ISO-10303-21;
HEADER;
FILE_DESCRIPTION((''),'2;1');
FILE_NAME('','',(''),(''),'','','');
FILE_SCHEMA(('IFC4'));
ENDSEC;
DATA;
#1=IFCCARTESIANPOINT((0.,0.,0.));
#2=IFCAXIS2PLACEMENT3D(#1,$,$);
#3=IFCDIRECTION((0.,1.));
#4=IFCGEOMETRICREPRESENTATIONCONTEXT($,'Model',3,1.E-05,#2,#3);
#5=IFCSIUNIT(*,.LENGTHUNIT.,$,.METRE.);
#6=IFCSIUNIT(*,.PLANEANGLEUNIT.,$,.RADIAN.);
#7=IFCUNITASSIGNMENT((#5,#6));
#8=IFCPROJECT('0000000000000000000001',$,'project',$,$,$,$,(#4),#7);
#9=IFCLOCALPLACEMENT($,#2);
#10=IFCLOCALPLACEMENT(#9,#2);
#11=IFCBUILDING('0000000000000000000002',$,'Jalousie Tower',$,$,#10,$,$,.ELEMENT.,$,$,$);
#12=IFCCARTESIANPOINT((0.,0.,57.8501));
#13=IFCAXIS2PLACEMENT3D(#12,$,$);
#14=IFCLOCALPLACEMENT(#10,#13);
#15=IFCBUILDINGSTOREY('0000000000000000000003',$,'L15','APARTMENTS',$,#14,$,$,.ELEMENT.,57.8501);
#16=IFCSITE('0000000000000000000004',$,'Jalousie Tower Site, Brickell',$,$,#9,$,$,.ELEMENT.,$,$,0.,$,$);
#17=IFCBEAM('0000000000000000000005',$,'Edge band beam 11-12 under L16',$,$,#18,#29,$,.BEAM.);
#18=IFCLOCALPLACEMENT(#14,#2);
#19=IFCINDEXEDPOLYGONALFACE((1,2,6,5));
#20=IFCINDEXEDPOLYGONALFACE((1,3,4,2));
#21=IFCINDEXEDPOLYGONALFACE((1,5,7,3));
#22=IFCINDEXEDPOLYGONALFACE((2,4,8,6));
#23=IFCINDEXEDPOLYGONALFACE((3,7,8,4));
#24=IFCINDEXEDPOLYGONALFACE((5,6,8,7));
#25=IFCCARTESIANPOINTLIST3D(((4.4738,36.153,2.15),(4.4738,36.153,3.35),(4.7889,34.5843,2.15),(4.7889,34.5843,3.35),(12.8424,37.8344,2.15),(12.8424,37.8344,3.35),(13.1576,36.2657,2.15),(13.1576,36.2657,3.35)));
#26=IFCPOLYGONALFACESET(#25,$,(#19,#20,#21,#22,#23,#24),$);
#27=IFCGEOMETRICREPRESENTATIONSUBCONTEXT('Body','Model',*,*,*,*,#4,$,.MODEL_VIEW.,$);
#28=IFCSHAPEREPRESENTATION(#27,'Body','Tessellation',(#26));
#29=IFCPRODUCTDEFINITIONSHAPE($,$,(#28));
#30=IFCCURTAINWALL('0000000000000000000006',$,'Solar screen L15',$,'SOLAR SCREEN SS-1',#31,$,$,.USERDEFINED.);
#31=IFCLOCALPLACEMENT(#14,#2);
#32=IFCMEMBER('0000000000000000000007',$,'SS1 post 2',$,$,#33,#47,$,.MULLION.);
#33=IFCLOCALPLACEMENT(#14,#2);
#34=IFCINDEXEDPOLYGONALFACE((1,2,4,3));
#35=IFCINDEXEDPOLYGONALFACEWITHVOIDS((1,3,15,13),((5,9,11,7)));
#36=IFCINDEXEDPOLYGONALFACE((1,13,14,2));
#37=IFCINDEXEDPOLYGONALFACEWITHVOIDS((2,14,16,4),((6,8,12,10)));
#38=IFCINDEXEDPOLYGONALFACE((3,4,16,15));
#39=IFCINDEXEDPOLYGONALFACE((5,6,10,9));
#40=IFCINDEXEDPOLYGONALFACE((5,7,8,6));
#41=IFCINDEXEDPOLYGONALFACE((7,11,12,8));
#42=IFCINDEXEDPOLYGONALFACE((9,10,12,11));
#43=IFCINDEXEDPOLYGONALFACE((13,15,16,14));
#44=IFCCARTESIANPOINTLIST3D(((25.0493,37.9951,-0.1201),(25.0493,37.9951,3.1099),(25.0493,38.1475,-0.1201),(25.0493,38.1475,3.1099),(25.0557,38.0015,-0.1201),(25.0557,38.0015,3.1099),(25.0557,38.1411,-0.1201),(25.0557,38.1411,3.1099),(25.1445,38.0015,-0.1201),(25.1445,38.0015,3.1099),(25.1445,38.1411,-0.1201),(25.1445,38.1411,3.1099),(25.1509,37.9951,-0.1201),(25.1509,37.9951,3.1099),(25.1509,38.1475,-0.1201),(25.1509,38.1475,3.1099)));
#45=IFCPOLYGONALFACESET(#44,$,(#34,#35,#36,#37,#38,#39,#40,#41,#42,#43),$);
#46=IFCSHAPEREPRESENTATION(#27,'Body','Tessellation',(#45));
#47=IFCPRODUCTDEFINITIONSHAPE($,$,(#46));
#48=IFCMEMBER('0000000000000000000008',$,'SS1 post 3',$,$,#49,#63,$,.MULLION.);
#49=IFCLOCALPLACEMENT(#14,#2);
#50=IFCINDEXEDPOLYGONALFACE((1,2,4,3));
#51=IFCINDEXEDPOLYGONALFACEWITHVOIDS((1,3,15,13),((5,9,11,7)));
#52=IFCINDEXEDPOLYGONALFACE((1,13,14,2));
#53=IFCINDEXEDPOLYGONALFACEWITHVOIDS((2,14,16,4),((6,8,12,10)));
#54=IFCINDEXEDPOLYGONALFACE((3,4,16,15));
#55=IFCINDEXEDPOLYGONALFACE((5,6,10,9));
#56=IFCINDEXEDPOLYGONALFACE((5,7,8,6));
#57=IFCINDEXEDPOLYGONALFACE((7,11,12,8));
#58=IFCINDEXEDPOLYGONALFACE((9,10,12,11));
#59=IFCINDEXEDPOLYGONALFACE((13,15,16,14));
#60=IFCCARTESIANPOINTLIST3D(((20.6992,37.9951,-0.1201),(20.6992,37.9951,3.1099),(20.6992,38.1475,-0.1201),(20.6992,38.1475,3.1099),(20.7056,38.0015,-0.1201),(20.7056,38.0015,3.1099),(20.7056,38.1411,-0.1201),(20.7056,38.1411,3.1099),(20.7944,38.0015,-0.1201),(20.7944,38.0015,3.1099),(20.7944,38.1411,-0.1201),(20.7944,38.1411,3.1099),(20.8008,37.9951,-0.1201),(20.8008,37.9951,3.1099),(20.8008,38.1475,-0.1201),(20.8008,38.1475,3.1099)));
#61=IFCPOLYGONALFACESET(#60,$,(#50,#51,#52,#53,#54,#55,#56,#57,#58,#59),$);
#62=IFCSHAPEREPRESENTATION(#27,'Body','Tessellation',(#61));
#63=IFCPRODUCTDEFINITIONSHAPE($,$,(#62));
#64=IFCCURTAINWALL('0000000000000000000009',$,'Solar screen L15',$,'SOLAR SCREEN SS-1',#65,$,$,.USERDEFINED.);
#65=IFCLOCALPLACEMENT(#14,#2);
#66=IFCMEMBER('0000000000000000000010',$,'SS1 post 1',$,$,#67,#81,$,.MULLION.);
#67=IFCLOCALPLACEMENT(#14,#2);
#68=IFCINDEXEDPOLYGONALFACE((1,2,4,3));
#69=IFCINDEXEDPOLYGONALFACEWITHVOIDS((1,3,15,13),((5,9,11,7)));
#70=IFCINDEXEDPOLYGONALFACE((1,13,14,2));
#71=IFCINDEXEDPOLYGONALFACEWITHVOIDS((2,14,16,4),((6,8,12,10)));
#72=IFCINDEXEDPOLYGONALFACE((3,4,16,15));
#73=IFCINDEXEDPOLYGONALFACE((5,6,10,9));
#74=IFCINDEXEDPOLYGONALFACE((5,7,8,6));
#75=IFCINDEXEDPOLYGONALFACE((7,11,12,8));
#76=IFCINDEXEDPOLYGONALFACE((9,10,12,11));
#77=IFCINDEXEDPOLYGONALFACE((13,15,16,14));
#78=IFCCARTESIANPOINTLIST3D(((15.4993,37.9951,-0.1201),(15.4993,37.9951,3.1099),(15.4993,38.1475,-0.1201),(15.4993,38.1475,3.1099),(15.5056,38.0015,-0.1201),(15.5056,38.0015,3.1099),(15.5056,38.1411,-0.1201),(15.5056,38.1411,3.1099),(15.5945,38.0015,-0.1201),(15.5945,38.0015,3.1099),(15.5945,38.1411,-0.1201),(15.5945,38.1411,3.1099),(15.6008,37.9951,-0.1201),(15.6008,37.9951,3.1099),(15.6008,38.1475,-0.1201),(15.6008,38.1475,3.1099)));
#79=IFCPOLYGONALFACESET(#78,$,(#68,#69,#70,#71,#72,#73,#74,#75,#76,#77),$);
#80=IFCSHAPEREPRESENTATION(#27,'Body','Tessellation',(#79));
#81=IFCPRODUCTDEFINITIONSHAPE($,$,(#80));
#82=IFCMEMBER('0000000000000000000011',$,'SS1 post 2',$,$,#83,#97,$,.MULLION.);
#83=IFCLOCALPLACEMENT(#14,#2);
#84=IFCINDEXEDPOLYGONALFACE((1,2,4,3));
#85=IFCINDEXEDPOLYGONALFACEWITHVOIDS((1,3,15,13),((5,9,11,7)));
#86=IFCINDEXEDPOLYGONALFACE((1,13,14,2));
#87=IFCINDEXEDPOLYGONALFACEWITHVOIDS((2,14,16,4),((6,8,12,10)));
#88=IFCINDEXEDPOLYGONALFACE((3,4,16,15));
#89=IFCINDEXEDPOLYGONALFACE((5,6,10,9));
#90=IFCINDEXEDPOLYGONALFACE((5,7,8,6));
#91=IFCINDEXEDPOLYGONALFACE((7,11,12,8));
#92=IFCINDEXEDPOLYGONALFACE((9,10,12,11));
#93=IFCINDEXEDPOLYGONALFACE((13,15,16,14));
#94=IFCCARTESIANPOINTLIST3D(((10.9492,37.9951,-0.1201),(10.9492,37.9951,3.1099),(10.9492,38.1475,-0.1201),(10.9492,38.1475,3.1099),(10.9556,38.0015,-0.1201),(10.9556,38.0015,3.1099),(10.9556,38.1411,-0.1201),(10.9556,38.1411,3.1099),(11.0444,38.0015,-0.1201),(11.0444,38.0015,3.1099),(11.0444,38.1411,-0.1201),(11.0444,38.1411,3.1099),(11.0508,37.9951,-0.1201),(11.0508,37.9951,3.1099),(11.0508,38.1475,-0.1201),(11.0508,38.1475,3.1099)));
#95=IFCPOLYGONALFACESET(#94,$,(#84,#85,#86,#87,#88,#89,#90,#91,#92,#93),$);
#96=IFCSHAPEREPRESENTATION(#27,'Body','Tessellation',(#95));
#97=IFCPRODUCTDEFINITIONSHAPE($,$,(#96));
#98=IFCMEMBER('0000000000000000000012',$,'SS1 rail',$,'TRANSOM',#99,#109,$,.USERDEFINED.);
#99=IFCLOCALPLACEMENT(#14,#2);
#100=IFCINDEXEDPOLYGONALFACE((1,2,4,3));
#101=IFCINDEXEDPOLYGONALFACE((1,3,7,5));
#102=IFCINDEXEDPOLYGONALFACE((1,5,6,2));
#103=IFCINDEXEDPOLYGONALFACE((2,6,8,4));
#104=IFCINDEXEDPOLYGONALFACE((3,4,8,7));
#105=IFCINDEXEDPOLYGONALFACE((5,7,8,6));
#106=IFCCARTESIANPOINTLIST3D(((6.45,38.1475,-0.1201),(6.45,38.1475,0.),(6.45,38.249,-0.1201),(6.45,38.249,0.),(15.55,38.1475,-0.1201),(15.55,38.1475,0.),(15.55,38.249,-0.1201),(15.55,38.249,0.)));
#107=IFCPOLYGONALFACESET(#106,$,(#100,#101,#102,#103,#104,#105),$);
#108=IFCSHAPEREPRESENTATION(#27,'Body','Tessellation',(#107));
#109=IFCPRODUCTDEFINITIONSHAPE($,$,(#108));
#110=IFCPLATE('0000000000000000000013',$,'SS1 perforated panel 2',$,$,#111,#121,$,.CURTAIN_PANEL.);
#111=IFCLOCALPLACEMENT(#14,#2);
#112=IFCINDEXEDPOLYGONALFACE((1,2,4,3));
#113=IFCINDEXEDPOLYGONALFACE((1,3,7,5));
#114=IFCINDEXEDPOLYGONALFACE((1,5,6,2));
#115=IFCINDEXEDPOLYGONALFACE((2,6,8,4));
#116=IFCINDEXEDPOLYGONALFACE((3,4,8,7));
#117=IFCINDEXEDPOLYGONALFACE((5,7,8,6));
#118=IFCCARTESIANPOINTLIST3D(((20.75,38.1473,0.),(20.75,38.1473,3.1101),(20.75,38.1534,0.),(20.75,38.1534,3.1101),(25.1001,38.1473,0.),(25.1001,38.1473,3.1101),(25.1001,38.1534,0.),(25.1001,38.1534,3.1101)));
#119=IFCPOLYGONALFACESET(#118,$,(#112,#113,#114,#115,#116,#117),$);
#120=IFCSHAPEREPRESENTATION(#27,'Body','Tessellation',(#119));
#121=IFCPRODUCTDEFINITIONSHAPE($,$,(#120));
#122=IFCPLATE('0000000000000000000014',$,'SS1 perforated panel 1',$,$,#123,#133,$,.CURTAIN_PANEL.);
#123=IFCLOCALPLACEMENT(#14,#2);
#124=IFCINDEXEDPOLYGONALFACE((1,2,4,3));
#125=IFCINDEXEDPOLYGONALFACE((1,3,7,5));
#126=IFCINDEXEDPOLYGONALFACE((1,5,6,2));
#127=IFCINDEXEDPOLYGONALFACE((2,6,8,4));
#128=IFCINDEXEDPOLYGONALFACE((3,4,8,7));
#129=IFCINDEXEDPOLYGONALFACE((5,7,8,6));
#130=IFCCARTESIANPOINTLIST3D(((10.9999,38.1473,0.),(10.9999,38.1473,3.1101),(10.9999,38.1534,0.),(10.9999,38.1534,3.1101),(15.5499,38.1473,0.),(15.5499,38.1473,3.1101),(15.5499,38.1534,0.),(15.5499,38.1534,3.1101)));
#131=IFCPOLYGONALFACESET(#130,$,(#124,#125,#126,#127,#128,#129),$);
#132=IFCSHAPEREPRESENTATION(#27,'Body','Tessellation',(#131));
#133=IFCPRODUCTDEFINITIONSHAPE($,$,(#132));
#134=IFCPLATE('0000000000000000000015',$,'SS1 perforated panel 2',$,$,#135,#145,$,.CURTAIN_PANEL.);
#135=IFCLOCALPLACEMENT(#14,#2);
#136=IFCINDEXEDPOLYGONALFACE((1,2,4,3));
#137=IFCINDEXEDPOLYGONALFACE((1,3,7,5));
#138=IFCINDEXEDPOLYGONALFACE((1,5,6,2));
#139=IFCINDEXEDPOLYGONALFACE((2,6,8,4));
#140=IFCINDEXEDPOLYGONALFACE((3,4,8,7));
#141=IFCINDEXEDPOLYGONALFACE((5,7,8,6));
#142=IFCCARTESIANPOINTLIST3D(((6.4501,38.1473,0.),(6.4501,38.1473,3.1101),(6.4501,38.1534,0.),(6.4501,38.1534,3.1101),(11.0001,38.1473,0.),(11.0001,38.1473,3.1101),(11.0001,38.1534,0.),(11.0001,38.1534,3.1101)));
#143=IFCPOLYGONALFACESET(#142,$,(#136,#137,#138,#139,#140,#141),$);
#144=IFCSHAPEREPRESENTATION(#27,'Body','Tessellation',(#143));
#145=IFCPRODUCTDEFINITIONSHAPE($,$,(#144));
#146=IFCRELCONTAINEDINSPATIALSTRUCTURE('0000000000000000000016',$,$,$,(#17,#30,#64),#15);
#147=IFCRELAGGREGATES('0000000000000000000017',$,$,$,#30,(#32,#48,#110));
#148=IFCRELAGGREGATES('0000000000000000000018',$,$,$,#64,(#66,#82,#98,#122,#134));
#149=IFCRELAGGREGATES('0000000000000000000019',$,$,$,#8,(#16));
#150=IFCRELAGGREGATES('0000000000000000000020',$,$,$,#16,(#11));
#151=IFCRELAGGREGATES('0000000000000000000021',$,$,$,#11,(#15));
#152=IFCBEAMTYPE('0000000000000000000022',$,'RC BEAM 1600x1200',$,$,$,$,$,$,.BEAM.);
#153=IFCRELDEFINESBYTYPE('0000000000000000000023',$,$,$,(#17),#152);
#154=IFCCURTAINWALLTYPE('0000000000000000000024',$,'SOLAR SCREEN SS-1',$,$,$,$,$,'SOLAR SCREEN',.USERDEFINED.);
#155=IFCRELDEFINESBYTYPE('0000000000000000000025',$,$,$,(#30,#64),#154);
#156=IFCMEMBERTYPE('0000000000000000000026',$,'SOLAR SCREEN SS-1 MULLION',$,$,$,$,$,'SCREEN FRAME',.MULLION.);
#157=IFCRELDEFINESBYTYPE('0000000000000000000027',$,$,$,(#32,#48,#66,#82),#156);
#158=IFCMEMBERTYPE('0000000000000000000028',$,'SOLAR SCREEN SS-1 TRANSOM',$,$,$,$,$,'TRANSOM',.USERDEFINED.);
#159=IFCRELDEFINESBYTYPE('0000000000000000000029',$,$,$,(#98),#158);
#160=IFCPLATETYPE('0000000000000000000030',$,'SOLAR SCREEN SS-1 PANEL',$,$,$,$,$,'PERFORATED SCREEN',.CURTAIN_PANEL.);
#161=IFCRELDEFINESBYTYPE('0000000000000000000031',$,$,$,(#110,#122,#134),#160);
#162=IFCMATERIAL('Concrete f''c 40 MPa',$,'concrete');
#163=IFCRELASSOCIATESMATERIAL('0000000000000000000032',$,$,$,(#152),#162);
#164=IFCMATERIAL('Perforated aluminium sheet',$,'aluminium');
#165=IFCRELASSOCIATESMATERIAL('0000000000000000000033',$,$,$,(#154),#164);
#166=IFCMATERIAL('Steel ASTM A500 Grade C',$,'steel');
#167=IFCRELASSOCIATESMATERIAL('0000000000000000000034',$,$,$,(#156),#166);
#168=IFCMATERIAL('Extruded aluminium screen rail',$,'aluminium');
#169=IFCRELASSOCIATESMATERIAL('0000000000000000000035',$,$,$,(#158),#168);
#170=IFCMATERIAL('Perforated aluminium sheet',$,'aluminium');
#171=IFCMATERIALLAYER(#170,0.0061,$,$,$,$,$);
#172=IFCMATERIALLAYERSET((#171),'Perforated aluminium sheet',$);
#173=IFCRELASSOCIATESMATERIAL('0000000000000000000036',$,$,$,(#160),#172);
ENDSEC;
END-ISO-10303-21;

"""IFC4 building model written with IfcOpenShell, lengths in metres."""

from ifc_helpers import new_model, si_unit, direction, frame, origin, origin_2d, place, context, subcontext, project, spatial, rectangle, hollow_rectangle, extrude, material, layer, layer_set, material_profile, profile_set, type_object, element, aggregate, save


model = new_model("IFC4")

# Units and contexts
model_context = context("Model", 3, precision=1e-05, world=origin(), true_north=direction((0.0, 1.0)))
body_context = subcontext(model_context, "Body", "Model", "MODEL_VIEW")
ifc_project = project(units=[si_unit("LENGTHUNIT", "METRE"), si_unit("PLANEANGLEUNIT", "RADIAN")], contexts=[model_context])

# Site, building, storey
site_placement = place(None, origin())
site = spatial("IfcSite", under=ifc_project, at=site_placement, Name="Jalousie Tower Site, Brickell", CompositionType="ELEMENT", RefElevation=0.0)
building_placement = place(site_placement, origin())
building = spatial("IfcBuilding", under=site, at=building_placement, Name="Jalousie Tower", CompositionType="ELEMENT")
storey_placement = place(building_placement, frame((0.0, 0.0, 57.8501)))
storey = spatial("IfcBuildingStorey", under=building, at=storey_placement, Name="L15", Description="APARTMENTS", CompositionType="ELEMENT", Elevation=57.8501)

# Beam
ifc_material_1 = material(Name="Concrete f'c 40 MPa", Category="concrete")
ifc_material_profile_1 = material_profile(ifc_material_1, rectangle(XDim=1.6001, YDim=1.2, at=origin_2d()), Name="RC 1600x1200")
ifc_profile_set_1 = profile_set([ifc_material_profile_1], Name="Concrete f'c 40 MPa")
beam_type_1 = type_object("IfcBeamType", Name="RC BEAM 1600x1200", PredefinedType="BEAM", material=ifc_profile_set_1)
beam_1_placement = place(storey_placement, frame((13.0, 37.05, 2.75), z_axis=(-0.980408, -0.19698, 0.0), x_axis=(0.19698, -0.980408, 0.0)))
element("IfcBeam", 1, at=beam_1_placement, inside=storey, type_object=beam_type_1, Name="Edge band beam 11-12 under L16", PredefinedType="BEAM", context=body_context, shape_type="SweptSolid", body=[
    extrude(rectangle(XDim=1.6001, YDim=1.2, at=origin_2d()), origin(), (0.0, 0.0, 1.0), 8.5359),
])

# Curtain walls, members
ifc_material_2 = material(Name="Perforated aluminium sheet", Category="aluminium")
curtain_wall_type = type_object("IfcCurtainWallType", Name="SOLAR SCREEN SS-1", ElementType="SOLAR SCREEN", PredefinedType="USERDEFINED", material=ifc_material_2)
curtain_wall_1_placement = place(storey_placement, origin())
curtain_wall_1 = element("IfcCurtainWall", 2, at=curtain_wall_1_placement, inside=storey, type_object=curtain_wall_type, Name="Solar screen L15", ObjectType="SOLAR SCREEN SS-1", PredefinedType="USERDEFINED")
ifc_material_3 = material(Name="Steel ASTM A500 Grade C", Category="steel")
ifc_material_profile_2 = material_profile(ifc_material_3, hollow_rectangle(XDim=0.1016, YDim=0.1523, WallThickness=0.0063, at=origin_2d()), Name="HSS6X4X1/4")
ifc_profile_set_2 = profile_set([ifc_material_profile_2], Name="Steel ASTM A500 Grade C")
member_type_1 = type_object("IfcMemberType", Name="SOLAR SCREEN SS-1 MULLION", ElementType="SCREEN FRAME", PredefinedType="MULLION", material=ifc_profile_set_2)
member_1_placement = place(storey_placement, frame((25.1001, 38.0713, -0.1201), z_axis=(0.0, 0.0, 1.0), x_axis=(-1.0, 0.0, 0.0)))
member_1 = element("IfcMember", 3, at=member_1_placement, type_object=member_type_1, Name="SS1 post 2", PredefinedType="MULLION", context=body_context, shape_type="SweptSolid", body=[
    extrude(hollow_rectangle(XDim=0.1016, YDim=0.1523, WallThickness=0.0063, at=origin_2d()), origin(), (0.0, 0.0, 1.0), 3.23),
])
member_2_placement = place(storey_placement, frame((20.75, 38.0713, -0.1201), z_axis=(0.0, 0.0, 1.0), x_axis=(-1.0, 0.0, 0.0)))
member_2 = element("IfcMember", 4, at=member_2_placement, type_object=member_type_1, Name="SS1 post 3", PredefinedType="MULLION", context=body_context, shape_type="SweptSolid", body=[
    extrude(hollow_rectangle(XDim=0.1016, YDim=0.1523, WallThickness=0.0063, at=origin_2d()), origin(), (0.0, 0.0, 1.0), 3.23),
])
curtain_wall_2_placement = place(storey_placement, origin())
curtain_wall_2 = element("IfcCurtainWall", 5, at=curtain_wall_2_placement, inside=storey, type_object=curtain_wall_type, Name="Solar screen L15", ObjectType="SOLAR SCREEN SS-1", PredefinedType="USERDEFINED")
member_3_placement = place(storey_placement, frame((15.55, 38.0713, -0.1201), z_axis=(0.0, 0.0, 1.0), x_axis=(-1.0, 0.0, 0.0)))
member_3 = element("IfcMember", 6, at=member_3_placement, type_object=member_type_1, Name="SS1 post 1", PredefinedType="MULLION", context=body_context, shape_type="SweptSolid", body=[
    extrude(hollow_rectangle(XDim=0.1016, YDim=0.1523, WallThickness=0.0063, at=origin_2d()), origin(), (0.0, 0.0, 1.0), 3.23),
])
member_4_placement = place(storey_placement, frame((11.0, 38.0713, -0.1201), z_axis=(0.0, 0.0, 1.0), x_axis=(-1.0, 0.0, 0.0)))
member_4 = element("IfcMember", 7, at=member_4_placement, type_object=member_type_1, Name="SS1 post 2", PredefinedType="MULLION", context=body_context, shape_type="SweptSolid", body=[
    extrude(hollow_rectangle(XDim=0.1016, YDim=0.1523, WallThickness=0.0063, at=origin_2d()), origin(), (0.0, 0.0, 1.0), 3.23),
])
ifc_material_4 = material(Name="Extruded aluminium screen rail", Category="aluminium")
ifc_material_profile_3 = material_profile(ifc_material_4, rectangle(XDim=0.1016, YDim=0.1201, at=origin_2d()), Name="RAIL 102x120")
ifc_profile_set_3 = profile_set([ifc_material_profile_3], Name="Extruded aluminium screen rail")
member_type_2 = type_object("IfcMemberType", Name="SOLAR SCREEN SS-1 TRANSOM", ElementType="TRANSOM", PredefinedType="USERDEFINED", material=ifc_profile_set_3)
member_5_placement = place(storey_placement, frame((15.55, 38.1982, -0.0601), z_axis=(-1.0, 0.0, 0.0), x_axis=(0.0, -1.0, 0.0)))
member_5 = element("IfcMember", 8, at=member_5_placement, type_object=member_type_2, Name="SS1 rail", ObjectType="TRANSOM", PredefinedType="USERDEFINED", context=body_context, shape_type="SweptSolid", body=[
    extrude(rectangle(XDim=0.1016, YDim=0.1201, at=origin_2d()), origin(), (0.0, 0.0, 1.0), 9.1001),
])

# Plates
ifc_material_5 = material(Name="Perforated aluminium sheet", Category="aluminium")
ifc_layer_1 = layer(ifc_material_5, 0.0061)
ifc_layer_set_1 = layer_set([ifc_layer_1], Name="Perforated aluminium sheet")
plate_type = type_object("IfcPlateType", Name="SOLAR SCREEN SS-1 PANEL", ElementType="PERFORATED SCREEN", PredefinedType="CURTAIN_PANEL", material=ifc_layer_set_1)
plate_1_placement = place(storey_placement, frame((22.925, 38.1504, 0.0), z_axis=(0.0, 0.0, 1.0), x_axis=(-1.0, 0.0, 0.0)))
plate_1 = element("IfcPlate", 9, at=plate_1_placement, type_object=plate_type, Name="SS1 perforated panel 2", PredefinedType="CURTAIN_PANEL", context=body_context, shape_type="SweptSolid", body=[
    extrude(rectangle(XDim=4.3501, YDim=0.0061, at=origin_2d()), origin(), (0.0, 0.0, 1.0), 3.1101),
])
aggregate(curtain_wall_1, [member_1, member_2, plate_1])
plate_2_placement = place(storey_placement, frame((13.2749, 38.1504, 0.0), z_axis=(0.0, 0.0, 1.0), x_axis=(-1.0, 0.0, 0.0)))
plate_2 = element("IfcPlate", 10, at=plate_2_placement, type_object=plate_type, Name="SS1 perforated panel 1", PredefinedType="CURTAIN_PANEL", context=body_context, shape_type="SweptSolid", body=[
    extrude(rectangle(XDim=4.55, YDim=0.0061, at=origin_2d()), origin(), (0.0, 0.0, 1.0), 3.1101),
])
plate_3_placement = place(storey_placement, frame((8.7251, 38.1504, 0.0), z_axis=(0.0, 0.0, 1.0), x_axis=(-1.0, 0.0, 0.0)))
plate_3 = element("IfcPlate", 11, at=plate_3_placement, type_object=plate_type, Name="SS1 perforated panel 2", PredefinedType="CURTAIN_PANEL", context=body_context, shape_type="SweptSolid", body=[
    extrude(rectangle(XDim=4.55, YDim=0.0061, at=origin_2d()), origin(), (0.0, 0.0, 1.0), 3.1101),
])
aggregate(curtain_wall_2, [member_3, member_4, member_5, plate_2, plate_3])

save(model, "model.ifc")
